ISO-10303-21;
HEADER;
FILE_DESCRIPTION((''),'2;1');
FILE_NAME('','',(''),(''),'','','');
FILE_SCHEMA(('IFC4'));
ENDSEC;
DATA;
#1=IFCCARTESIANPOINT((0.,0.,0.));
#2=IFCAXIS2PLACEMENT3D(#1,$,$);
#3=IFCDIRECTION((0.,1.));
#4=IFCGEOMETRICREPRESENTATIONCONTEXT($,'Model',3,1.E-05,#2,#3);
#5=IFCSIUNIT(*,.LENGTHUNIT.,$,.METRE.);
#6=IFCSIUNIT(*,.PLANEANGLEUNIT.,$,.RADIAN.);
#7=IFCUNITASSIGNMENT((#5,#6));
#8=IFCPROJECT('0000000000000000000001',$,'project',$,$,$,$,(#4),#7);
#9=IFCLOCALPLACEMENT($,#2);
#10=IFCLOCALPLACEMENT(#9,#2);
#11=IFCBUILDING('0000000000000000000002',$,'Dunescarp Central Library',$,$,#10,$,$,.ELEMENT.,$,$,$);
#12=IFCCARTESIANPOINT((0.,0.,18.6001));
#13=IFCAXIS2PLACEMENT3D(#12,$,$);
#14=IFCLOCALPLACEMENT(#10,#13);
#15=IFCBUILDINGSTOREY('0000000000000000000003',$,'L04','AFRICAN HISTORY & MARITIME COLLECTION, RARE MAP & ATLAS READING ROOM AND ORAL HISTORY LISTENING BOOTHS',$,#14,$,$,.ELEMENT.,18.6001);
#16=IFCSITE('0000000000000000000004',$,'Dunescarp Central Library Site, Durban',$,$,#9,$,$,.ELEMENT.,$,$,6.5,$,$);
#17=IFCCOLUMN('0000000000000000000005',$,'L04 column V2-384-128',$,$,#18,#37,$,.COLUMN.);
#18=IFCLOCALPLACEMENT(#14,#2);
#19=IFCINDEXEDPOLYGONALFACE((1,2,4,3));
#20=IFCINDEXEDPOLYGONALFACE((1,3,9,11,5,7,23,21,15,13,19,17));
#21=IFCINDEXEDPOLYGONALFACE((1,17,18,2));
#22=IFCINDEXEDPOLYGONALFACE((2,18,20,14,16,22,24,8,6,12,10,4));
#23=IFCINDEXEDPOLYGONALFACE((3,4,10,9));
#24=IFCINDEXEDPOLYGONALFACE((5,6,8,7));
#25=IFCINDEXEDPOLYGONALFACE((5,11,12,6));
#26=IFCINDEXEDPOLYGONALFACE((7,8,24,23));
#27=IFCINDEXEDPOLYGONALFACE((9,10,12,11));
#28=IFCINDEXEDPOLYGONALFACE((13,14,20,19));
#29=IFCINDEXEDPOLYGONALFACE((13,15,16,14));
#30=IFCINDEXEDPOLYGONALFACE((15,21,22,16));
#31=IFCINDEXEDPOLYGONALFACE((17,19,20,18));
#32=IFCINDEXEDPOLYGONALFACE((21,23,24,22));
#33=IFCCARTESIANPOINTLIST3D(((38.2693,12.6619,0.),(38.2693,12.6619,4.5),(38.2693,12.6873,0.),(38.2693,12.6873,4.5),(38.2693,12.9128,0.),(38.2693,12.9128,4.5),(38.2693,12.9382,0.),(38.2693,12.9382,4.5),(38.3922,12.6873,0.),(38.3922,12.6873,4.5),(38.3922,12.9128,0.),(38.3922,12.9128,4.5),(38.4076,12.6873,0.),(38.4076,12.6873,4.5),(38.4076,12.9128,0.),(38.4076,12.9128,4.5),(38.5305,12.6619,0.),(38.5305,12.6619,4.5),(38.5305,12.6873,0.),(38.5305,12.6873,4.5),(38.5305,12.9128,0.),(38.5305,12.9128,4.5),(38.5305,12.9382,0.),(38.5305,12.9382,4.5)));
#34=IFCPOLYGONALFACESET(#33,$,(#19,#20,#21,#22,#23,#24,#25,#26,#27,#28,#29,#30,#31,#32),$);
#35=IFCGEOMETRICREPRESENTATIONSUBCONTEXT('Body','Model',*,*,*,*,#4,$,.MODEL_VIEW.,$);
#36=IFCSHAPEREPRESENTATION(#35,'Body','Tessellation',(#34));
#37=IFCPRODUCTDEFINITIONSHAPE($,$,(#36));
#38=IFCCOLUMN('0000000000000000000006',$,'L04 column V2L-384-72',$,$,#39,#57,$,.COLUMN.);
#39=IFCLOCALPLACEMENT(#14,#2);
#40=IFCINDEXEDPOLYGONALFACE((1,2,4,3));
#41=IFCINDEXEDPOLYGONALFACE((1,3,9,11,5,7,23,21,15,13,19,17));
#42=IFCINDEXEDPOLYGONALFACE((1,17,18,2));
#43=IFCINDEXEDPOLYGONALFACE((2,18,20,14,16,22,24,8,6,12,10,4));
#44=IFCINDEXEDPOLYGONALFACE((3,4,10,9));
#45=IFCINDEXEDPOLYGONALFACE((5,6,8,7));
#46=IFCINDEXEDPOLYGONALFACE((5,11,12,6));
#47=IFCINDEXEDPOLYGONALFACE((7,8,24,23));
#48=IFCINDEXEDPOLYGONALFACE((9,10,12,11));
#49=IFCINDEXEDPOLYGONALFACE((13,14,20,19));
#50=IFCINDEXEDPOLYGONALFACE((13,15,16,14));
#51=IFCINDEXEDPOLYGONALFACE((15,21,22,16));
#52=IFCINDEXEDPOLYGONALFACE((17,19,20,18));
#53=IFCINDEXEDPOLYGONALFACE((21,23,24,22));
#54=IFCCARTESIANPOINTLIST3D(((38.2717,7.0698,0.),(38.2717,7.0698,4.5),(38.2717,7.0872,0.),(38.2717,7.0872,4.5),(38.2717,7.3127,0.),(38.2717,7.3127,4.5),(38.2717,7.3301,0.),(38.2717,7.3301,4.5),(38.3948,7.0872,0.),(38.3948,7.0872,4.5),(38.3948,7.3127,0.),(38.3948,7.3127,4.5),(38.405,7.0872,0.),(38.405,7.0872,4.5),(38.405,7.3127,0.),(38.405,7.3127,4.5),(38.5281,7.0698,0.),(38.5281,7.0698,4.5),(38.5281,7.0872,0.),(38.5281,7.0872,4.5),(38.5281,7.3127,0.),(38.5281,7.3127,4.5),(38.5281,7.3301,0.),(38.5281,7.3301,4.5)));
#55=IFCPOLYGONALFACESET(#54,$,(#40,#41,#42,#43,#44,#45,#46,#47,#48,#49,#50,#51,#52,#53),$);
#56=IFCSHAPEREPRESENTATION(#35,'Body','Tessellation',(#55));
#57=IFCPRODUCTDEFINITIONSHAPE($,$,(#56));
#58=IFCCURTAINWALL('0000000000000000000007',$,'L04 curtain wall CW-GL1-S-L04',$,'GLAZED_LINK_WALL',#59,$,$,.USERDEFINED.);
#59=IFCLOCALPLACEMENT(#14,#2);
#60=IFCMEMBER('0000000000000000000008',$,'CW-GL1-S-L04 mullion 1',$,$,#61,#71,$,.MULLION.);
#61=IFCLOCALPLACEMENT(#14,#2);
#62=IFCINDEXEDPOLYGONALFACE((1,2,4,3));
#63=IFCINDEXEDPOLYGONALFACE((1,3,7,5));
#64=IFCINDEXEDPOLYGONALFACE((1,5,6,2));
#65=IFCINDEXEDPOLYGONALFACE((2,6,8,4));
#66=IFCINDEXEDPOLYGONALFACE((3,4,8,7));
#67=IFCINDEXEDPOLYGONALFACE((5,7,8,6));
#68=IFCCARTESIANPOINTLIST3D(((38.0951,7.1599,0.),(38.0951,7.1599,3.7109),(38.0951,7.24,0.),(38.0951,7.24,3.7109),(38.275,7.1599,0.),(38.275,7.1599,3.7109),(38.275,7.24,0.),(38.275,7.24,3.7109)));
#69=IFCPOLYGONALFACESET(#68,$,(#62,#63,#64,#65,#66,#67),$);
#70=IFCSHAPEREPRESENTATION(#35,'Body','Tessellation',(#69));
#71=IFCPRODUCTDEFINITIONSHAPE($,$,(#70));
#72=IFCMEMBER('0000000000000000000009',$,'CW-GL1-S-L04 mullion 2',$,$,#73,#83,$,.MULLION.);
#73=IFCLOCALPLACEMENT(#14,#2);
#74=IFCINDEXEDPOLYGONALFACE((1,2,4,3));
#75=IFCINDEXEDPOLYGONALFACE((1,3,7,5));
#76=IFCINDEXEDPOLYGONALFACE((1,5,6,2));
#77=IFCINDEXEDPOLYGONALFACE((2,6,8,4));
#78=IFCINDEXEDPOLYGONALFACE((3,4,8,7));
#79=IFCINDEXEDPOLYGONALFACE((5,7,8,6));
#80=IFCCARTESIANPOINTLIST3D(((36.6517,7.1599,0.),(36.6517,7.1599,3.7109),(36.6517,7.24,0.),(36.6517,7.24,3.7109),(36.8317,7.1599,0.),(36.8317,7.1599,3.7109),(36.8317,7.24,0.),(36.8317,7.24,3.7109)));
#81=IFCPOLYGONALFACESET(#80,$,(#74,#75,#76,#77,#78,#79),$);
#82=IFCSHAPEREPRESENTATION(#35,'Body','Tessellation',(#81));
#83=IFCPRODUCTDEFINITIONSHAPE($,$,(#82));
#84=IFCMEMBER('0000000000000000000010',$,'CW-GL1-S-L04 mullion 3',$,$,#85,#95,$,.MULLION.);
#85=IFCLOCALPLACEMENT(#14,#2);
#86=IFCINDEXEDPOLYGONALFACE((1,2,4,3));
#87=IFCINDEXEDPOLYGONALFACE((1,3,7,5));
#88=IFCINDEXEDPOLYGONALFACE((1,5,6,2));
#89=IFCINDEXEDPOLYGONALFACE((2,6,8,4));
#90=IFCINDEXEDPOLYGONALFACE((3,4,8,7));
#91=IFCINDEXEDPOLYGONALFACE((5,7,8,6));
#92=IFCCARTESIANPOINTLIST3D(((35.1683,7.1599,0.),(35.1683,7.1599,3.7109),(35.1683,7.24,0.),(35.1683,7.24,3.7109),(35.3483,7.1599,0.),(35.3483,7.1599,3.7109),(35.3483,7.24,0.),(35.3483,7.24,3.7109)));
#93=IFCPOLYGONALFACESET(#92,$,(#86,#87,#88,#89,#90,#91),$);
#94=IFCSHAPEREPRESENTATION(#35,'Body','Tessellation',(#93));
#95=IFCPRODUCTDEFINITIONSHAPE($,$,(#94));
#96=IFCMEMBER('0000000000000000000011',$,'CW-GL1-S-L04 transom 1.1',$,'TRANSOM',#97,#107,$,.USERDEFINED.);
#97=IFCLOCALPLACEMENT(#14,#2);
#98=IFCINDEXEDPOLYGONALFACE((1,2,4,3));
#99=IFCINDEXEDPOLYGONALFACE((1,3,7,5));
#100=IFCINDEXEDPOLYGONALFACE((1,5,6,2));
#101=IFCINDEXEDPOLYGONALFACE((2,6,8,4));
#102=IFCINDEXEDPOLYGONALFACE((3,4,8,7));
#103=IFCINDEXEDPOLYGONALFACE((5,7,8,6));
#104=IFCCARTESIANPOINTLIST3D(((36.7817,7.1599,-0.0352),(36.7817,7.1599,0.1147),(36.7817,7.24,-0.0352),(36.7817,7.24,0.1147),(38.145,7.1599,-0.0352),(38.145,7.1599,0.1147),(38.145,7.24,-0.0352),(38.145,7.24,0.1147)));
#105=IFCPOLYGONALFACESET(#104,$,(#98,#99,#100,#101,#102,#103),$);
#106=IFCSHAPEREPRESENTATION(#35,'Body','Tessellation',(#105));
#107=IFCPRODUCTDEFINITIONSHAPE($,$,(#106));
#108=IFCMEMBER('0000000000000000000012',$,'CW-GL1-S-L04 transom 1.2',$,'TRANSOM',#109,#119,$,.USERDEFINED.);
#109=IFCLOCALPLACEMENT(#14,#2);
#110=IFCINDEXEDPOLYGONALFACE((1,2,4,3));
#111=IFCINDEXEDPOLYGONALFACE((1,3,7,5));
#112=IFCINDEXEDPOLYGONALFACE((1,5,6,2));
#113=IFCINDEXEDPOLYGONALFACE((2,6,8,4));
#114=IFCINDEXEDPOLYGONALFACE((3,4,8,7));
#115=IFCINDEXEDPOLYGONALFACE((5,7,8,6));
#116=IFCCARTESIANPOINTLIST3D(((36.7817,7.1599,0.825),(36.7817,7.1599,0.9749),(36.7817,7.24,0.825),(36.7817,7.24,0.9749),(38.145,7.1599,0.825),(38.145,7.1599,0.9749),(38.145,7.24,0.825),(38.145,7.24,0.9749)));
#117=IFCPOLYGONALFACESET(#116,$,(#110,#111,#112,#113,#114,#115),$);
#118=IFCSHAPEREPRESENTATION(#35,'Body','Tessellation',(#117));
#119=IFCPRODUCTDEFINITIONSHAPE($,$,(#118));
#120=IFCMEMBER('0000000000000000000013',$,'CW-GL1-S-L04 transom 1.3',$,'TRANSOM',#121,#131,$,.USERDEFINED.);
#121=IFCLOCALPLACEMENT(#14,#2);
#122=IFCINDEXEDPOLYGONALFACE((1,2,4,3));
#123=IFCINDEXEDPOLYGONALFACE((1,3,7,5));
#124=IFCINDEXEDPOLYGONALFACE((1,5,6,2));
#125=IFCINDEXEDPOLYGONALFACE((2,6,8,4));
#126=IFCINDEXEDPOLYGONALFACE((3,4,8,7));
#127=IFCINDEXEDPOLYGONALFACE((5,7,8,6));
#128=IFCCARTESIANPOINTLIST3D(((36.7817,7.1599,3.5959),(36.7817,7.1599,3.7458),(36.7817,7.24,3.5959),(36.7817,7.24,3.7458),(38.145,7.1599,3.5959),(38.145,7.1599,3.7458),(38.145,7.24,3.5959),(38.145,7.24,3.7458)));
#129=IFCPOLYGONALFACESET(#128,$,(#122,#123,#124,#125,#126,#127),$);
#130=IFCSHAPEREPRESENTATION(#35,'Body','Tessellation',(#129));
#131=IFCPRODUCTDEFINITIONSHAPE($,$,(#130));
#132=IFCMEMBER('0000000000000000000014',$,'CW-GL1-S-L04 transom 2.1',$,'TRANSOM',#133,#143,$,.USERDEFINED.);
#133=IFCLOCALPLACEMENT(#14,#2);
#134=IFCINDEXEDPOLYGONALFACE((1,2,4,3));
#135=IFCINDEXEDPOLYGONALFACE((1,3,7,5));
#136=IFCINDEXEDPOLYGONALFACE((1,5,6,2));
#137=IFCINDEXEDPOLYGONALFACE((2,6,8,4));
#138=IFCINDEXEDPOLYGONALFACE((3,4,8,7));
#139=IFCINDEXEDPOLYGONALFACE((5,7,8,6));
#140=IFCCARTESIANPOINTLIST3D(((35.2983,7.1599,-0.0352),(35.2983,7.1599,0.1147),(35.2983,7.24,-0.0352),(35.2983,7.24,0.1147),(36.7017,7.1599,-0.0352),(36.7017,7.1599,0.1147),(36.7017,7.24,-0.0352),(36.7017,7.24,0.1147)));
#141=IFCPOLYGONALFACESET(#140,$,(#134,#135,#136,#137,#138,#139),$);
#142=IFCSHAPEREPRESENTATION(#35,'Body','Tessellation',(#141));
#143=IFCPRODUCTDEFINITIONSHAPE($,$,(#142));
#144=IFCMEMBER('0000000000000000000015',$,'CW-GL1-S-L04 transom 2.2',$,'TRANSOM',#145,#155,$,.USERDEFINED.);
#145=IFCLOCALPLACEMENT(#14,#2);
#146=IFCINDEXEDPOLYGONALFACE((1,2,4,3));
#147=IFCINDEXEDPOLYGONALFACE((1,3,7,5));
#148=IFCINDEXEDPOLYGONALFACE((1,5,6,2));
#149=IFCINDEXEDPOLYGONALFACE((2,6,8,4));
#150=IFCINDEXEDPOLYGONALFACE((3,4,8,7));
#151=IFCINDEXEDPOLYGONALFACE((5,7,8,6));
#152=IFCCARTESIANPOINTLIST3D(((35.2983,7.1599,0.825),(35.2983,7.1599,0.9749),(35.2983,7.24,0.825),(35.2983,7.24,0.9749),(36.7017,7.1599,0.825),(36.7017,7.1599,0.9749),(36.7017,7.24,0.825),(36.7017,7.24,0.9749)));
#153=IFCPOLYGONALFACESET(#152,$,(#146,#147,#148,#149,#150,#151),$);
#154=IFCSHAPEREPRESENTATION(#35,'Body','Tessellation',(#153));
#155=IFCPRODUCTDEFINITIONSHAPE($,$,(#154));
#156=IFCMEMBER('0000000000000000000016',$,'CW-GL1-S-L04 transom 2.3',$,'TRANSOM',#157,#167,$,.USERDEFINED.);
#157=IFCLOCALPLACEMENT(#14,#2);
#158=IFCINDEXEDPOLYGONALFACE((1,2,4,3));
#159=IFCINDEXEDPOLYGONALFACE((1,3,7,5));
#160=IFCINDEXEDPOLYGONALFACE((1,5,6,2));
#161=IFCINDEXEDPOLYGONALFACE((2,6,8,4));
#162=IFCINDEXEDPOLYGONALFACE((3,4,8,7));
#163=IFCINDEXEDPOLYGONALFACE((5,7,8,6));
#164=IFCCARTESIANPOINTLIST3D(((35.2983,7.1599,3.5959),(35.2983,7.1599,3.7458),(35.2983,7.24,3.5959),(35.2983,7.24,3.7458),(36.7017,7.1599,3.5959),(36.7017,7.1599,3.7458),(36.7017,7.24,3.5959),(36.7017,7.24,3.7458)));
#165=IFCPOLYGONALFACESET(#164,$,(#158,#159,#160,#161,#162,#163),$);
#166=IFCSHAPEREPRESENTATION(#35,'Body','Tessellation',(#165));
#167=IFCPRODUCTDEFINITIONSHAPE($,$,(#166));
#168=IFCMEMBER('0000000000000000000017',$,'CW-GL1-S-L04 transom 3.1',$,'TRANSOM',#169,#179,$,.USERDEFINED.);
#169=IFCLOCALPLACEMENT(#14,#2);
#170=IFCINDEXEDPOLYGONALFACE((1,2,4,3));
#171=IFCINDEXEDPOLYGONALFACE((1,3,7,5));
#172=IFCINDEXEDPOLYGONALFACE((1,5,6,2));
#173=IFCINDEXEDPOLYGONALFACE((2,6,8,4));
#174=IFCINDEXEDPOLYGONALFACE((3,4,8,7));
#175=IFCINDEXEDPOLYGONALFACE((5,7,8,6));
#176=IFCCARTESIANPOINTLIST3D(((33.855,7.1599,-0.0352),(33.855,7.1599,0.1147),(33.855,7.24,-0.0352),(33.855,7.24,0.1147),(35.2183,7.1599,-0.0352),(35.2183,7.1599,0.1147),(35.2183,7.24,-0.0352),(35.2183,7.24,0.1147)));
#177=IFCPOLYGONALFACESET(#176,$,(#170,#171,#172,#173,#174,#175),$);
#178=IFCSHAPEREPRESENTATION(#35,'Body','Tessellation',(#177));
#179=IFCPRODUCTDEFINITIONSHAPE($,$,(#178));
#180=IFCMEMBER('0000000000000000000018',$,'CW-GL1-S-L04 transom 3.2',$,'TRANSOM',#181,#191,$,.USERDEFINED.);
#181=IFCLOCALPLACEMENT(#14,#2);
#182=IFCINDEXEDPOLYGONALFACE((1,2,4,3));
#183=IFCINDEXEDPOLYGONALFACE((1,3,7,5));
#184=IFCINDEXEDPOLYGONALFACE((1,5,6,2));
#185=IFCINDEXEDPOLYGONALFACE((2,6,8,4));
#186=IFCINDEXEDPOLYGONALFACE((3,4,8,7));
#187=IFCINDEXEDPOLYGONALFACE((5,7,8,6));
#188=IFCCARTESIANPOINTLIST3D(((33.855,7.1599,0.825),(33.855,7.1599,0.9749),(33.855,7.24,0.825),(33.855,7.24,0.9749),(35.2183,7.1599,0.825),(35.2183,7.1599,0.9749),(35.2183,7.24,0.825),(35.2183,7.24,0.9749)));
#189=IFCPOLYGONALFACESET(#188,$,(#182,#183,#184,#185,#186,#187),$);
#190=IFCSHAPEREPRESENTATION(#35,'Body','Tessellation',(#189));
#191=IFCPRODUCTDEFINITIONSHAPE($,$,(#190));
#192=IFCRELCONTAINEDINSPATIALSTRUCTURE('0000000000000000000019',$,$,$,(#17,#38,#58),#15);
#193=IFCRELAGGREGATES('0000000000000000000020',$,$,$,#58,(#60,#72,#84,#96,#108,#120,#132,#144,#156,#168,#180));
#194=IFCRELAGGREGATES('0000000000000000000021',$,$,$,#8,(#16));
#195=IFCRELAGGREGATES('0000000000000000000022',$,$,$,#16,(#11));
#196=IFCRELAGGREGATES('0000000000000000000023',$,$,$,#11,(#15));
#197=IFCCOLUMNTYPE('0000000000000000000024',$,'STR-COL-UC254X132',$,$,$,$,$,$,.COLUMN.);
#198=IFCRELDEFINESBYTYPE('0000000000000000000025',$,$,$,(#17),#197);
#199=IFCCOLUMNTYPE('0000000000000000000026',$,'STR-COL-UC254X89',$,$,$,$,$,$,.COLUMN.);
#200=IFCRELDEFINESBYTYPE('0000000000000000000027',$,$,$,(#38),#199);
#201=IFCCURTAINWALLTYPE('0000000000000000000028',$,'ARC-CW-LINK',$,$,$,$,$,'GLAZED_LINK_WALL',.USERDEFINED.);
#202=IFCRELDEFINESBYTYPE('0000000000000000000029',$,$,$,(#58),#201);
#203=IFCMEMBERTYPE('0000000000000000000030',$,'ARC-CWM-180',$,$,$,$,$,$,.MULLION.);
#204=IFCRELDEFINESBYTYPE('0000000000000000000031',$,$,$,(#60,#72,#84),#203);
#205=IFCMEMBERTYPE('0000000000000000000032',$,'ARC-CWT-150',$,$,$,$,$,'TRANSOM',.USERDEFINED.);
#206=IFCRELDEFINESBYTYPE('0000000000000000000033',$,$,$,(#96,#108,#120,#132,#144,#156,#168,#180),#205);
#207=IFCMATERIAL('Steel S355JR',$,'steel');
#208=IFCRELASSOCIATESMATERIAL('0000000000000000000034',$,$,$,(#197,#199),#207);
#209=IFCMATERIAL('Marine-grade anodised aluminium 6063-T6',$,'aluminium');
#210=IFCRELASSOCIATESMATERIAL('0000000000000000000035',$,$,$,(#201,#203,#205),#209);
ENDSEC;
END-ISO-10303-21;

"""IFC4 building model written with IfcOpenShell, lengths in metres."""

from ifc_helpers import new_model, si_unit, direction, frame, origin, origin_2d, place, context, subcontext, project, spatial, rectangle, i_section, extrude, material, material_profile, profile_set, type_object, element, aggregate, save


model = new_model("IFC4")

# Units and contexts
model_context = context("Model", 3, precision=1e-05, world=origin(), true_north=direction((0.0, 1.0)))
body_context = subcontext(model_context, "Body", "Model", "MODEL_VIEW")
ifc_project = project(units=[si_unit("LENGTHUNIT", "METRE"), si_unit("PLANEANGLEUNIT", "RADIAN")], contexts=[model_context])

# Site, building, storey
site_placement = place(None, origin())
site = spatial("IfcSite", under=ifc_project, at=site_placement, Name="Dunescarp Central Library Site, Durban", CompositionType="ELEMENT", RefElevation=6.5)
building_placement = place(site_placement, origin())
building = spatial("IfcBuilding", under=site, at=building_placement, Name="Dunescarp Central Library", CompositionType="ELEMENT")
storey_placement = place(building_placement, frame((0.0, 0.0, 18.6001)))
storey = spatial("IfcBuildingStorey", under=building, at=storey_placement, Name="L04", Description="AFRICAN HISTORY & MARITIME COLLECTION, RARE MAP & ATLAS READING ROOM AND ORAL HISTORY LISTENING BOOTHS", CompositionType="ELEMENT", Elevation=18.6001)

# Columns
ifc_material_1 = material(Name="Steel S355JR", Category="steel")
ifc_material_profile_1 = material_profile(ifc_material_1, i_section(OverallWidth=0.2612, OverallDepth=0.2764, WebThickness=0.0154, FlangeThickness=0.0254, at=origin_2d()), Name="UC 254x254x132")
ifc_profile_set_1 = profile_set([ifc_material_profile_1], Name="Steel S355JR")
column_type_1 = type_object("IfcColumnType", Name="STR-COL-UC254X132", PredefinedType="COLUMN", material=ifc_profile_set_1)
column_1_placement = place(storey_placement, frame((38.3999, 12.8, 0.0), z_axis=(0.0, 0.0, 1.0), x_axis=(1.0, 0.0, 0.0)))
element("IfcColumn", 1, at=column_1_placement, inside=storey, type_object=column_type_1, Name="L04 column V2-384-128", PredefinedType="COLUMN", context=body_context, shape_type="SweptSolid", body=[
    extrude(i_section(OverallWidth=0.2612, OverallDepth=0.2764, WebThickness=0.0154, FlangeThickness=0.0254, at=origin_2d()), origin(), (0.0, 0.0, 1.0), 4.5),
])
ifc_material_profile_2 = material_profile(ifc_material_1, i_section(OverallWidth=0.2563, OverallDepth=0.2603, WebThickness=0.0103, FlangeThickness=0.0173, at=origin_2d()), Name="UC 254x254x89")
ifc_profile_set_2 = profile_set([ifc_material_profile_2], Name="Steel S355JR")
column_type_2 = type_object("IfcColumnType", Name="STR-COL-UC254X89", PredefinedType="COLUMN", material=ifc_profile_set_2)
column_2_placement = place(storey_placement, frame((38.3999, 7.2, 0.0), z_axis=(0.0, 0.0, 1.0), x_axis=(1.0, 0.0, 0.0)))
element("IfcColumn", 2, at=column_2_placement, inside=storey, type_object=column_type_2, Name="L04 column V2L-384-72", PredefinedType="COLUMN", context=body_context, shape_type="SweptSolid", body=[
    extrude(i_section(OverallWidth=0.2563, OverallDepth=0.2603, WebThickness=0.0103, FlangeThickness=0.0173, at=origin_2d()), origin(), (0.0, 0.0, 1.0), 4.5),
])

# Curtain wall, members
ifc_material_2 = material(Name="Marine-grade anodised aluminium 6063-T6", Category="aluminium")
curtain_wall_type = type_object("IfcCurtainWallType", Name="ARC-CW-LINK", ElementType="GLAZED_LINK_WALL", PredefinedType="USERDEFINED", material=ifc_material_2)
curtain_wall_placement = place(storey_placement, origin())
curtain_wall = element("IfcCurtainWall", 3, at=curtain_wall_placement, inside=storey, type_object=curtain_wall_type, Name="L04 curtain wall CW-GL1-S-L04", ObjectType="GLAZED_LINK_WALL", PredefinedType="USERDEFINED")
ifc_material_profile_3 = material_profile(ifc_material_2, rectangle(XDim=0.0801, YDim=0.1799, at=origin_2d()), Name="AL 80x180")
ifc_profile_set_3 = profile_set([ifc_material_profile_3], Name="Marine-grade anodised aluminium 6063-T6")
member_type_1 = type_object("IfcMemberType", Name="ARC-CWM-180", PredefinedType="MULLION", material=ifc_profile_set_3)
member_1_placement = place(storey_placement, frame((38.1851, 7.2, 0.0), z_axis=(0.0, 0.0, 1.0), x_axis=(0.0, -1.0, 0.0)))
member_1 = element("IfcMember", 4, at=member_1_placement, type_object=member_type_1, Name="CW-GL1-S-L04 mullion 1", PredefinedType="MULLION", context=body_context, shape_type="SweptSolid", body=[
    extrude(rectangle(XDim=0.0801, YDim=0.1799, at=origin_2d()), origin(), (0.0, 0.0, 1.0), 3.7109),
])
member_2_placement = place(storey_placement, frame((36.7417, 7.2, 0.0), z_axis=(0.0, 0.0, 1.0), x_axis=(0.0, -1.0, 0.0)))
member_2 = element("IfcMember", 5, at=member_2_placement, type_object=member_type_1, Name="CW-GL1-S-L04 mullion 2", PredefinedType="MULLION", context=body_context, shape_type="SweptSolid", body=[
    extrude(rectangle(XDim=0.0801, YDim=0.1799, at=origin_2d()), origin(), (0.0, 0.0, 1.0), 3.7109),
])
member_3_placement = place(storey_placement, frame((35.2583, 7.2, 0.0), z_axis=(0.0, 0.0, 1.0), x_axis=(0.0, -1.0, 0.0)))
member_3 = element("IfcMember", 6, at=member_3_placement, type_object=member_type_1, Name="CW-GL1-S-L04 mullion 3", PredefinedType="MULLION", context=body_context, shape_type="SweptSolid", body=[
    extrude(rectangle(XDim=0.0801, YDim=0.1799, at=origin_2d()), origin(), (0.0, 0.0, 1.0), 3.7109),
])
ifc_material_profile_4 = material_profile(ifc_material_2, rectangle(XDim=0.0801, YDim=0.1499, at=origin_2d()), Name="AL 80x150")
ifc_profile_set_4 = profile_set([ifc_material_profile_4], Name="Marine-grade anodised aluminium 6063-T6")
member_type_2 = type_object("IfcMemberType", Name="ARC-CWT-150", ElementType="TRANSOM", PredefinedType="USERDEFINED", material=ifc_profile_set_4)
member_4_placement = place(storey_placement, frame((38.145, 7.2, 0.0398), z_axis=(-1.0, 0.0, 0.0), x_axis=(0.0, -1.0, 0.0)))
member_4 = element("IfcMember", 7, at=member_4_placement, type_object=member_type_2, Name="CW-GL1-S-L04 transom 1.1", ObjectType="TRANSOM", PredefinedType="USERDEFINED", context=body_context, shape_type="SweptSolid", body=[
    extrude(rectangle(XDim=0.0801, YDim=0.1499, at=origin_2d()), origin(), (0.0, 0.0, 1.0), 1.3633),
])
member_5_placement = place(storey_placement, frame((38.145, 7.2, 0.8999), z_axis=(-1.0, 0.0, 0.0), x_axis=(0.0, -1.0, 0.0)))
member_5 = element("IfcMember", 8, at=member_5_placement, type_object=member_type_2, Name="CW-GL1-S-L04 transom 1.2", ObjectType="TRANSOM", PredefinedType="USERDEFINED", context=body_context, shape_type="SweptSolid", body=[
    extrude(rectangle(XDim=0.0801, YDim=0.1499, at=origin_2d()), origin(), (0.0, 0.0, 1.0), 1.3633),
])
member_6_placement = place(storey_placement, frame((38.145, 7.2, 3.6709), z_axis=(-1.0, 0.0, 0.0), x_axis=(0.0, -1.0, 0.0)))
member_6 = element("IfcMember", 9, at=member_6_placement, type_object=member_type_2, Name="CW-GL1-S-L04 transom 1.3", ObjectType="TRANSOM", PredefinedType="USERDEFINED", context=body_context, shape_type="SweptSolid", body=[
    extrude(rectangle(XDim=0.0801, YDim=0.1499, at=origin_2d()), origin(), (0.0, 0.0, 1.0), 1.3633),
])
member_7_placement = place(storey_placement, frame((36.7017, 7.2, 0.0398), z_axis=(-1.0, 0.0, 0.0), x_axis=(0.0, -1.0, 0.0)))
member_7 = element("IfcMember", 10, at=member_7_placement, type_object=member_type_2, Name="CW-GL1-S-L04 transom 2.1", ObjectType="TRANSOM", PredefinedType="USERDEFINED", context=body_context, shape_type="SweptSolid", body=[
    extrude(rectangle(XDim=0.0801, YDim=0.1499, at=origin_2d()), origin(), (0.0, 0.0, 1.0), 1.4033),
])
member_8_placement = place(storey_placement, frame((36.7017, 7.2, 0.8999), z_axis=(-1.0, 0.0, 0.0), x_axis=(0.0, -1.0, 0.0)))
member_8 = element("IfcMember", 11, at=member_8_placement, type_object=member_type_2, Name="CW-GL1-S-L04 transom 2.2", ObjectType="TRANSOM", PredefinedType="USERDEFINED", context=body_context, shape_type="SweptSolid", body=[
    extrude(rectangle(XDim=0.0801, YDim=0.1499, at=origin_2d()), origin(), (0.0, 0.0, 1.0), 1.4033),
])
member_9_placement = place(storey_placement, frame((36.7017, 7.2, 3.6709), z_axis=(-1.0, 0.0, 0.0), x_axis=(0.0, -1.0, 0.0)))
member_9 = element("IfcMember", 12, at=member_9_placement, type_object=member_type_2, Name="CW-GL1-S-L04 transom 2.3", ObjectType="TRANSOM", PredefinedType="USERDEFINED", context=body_context, shape_type="SweptSolid", body=[
    extrude(rectangle(XDim=0.0801, YDim=0.1499, at=origin_2d()), origin(), (0.0, 0.0, 1.0), 1.4033),
])
member_10_placement = place(storey_placement, frame((35.2183, 7.2, 0.0398), z_axis=(-1.0, 0.0, 0.0), x_axis=(0.0, -1.0, 0.0)))
member_10 = element("IfcMember", 13, at=member_10_placement, type_object=member_type_2, Name="CW-GL1-S-L04 transom 3.1", ObjectType="TRANSOM", PredefinedType="USERDEFINED", context=body_context, shape_type="SweptSolid", body=[
    extrude(rectangle(XDim=0.0801, YDim=0.1499, at=origin_2d()), origin(), (0.0, 0.0, 1.0), 1.3633),
])
member_11_placement = place(storey_placement, frame((35.2183, 7.2, 0.8999), z_axis=(-1.0, 0.0, 0.0), x_axis=(0.0, -1.0, 0.0)))
member_11 = element("IfcMember", 14, at=member_11_placement, type_object=member_type_2, Name="CW-GL1-S-L04 transom 3.2", ObjectType="TRANSOM", PredefinedType="USERDEFINED", context=body_context, shape_type="SweptSolid", body=[
    extrude(rectangle(XDim=0.0801, YDim=0.1499, at=origin_2d()), origin(), (0.0, 0.0, 1.0), 1.3633),
])

aggregate(curtain_wall, [member_1, member_2, member_3, member_4, member_5, member_6, member_7, member_8, member_9, member_10, member_11])

save(model, "model.ifc")
